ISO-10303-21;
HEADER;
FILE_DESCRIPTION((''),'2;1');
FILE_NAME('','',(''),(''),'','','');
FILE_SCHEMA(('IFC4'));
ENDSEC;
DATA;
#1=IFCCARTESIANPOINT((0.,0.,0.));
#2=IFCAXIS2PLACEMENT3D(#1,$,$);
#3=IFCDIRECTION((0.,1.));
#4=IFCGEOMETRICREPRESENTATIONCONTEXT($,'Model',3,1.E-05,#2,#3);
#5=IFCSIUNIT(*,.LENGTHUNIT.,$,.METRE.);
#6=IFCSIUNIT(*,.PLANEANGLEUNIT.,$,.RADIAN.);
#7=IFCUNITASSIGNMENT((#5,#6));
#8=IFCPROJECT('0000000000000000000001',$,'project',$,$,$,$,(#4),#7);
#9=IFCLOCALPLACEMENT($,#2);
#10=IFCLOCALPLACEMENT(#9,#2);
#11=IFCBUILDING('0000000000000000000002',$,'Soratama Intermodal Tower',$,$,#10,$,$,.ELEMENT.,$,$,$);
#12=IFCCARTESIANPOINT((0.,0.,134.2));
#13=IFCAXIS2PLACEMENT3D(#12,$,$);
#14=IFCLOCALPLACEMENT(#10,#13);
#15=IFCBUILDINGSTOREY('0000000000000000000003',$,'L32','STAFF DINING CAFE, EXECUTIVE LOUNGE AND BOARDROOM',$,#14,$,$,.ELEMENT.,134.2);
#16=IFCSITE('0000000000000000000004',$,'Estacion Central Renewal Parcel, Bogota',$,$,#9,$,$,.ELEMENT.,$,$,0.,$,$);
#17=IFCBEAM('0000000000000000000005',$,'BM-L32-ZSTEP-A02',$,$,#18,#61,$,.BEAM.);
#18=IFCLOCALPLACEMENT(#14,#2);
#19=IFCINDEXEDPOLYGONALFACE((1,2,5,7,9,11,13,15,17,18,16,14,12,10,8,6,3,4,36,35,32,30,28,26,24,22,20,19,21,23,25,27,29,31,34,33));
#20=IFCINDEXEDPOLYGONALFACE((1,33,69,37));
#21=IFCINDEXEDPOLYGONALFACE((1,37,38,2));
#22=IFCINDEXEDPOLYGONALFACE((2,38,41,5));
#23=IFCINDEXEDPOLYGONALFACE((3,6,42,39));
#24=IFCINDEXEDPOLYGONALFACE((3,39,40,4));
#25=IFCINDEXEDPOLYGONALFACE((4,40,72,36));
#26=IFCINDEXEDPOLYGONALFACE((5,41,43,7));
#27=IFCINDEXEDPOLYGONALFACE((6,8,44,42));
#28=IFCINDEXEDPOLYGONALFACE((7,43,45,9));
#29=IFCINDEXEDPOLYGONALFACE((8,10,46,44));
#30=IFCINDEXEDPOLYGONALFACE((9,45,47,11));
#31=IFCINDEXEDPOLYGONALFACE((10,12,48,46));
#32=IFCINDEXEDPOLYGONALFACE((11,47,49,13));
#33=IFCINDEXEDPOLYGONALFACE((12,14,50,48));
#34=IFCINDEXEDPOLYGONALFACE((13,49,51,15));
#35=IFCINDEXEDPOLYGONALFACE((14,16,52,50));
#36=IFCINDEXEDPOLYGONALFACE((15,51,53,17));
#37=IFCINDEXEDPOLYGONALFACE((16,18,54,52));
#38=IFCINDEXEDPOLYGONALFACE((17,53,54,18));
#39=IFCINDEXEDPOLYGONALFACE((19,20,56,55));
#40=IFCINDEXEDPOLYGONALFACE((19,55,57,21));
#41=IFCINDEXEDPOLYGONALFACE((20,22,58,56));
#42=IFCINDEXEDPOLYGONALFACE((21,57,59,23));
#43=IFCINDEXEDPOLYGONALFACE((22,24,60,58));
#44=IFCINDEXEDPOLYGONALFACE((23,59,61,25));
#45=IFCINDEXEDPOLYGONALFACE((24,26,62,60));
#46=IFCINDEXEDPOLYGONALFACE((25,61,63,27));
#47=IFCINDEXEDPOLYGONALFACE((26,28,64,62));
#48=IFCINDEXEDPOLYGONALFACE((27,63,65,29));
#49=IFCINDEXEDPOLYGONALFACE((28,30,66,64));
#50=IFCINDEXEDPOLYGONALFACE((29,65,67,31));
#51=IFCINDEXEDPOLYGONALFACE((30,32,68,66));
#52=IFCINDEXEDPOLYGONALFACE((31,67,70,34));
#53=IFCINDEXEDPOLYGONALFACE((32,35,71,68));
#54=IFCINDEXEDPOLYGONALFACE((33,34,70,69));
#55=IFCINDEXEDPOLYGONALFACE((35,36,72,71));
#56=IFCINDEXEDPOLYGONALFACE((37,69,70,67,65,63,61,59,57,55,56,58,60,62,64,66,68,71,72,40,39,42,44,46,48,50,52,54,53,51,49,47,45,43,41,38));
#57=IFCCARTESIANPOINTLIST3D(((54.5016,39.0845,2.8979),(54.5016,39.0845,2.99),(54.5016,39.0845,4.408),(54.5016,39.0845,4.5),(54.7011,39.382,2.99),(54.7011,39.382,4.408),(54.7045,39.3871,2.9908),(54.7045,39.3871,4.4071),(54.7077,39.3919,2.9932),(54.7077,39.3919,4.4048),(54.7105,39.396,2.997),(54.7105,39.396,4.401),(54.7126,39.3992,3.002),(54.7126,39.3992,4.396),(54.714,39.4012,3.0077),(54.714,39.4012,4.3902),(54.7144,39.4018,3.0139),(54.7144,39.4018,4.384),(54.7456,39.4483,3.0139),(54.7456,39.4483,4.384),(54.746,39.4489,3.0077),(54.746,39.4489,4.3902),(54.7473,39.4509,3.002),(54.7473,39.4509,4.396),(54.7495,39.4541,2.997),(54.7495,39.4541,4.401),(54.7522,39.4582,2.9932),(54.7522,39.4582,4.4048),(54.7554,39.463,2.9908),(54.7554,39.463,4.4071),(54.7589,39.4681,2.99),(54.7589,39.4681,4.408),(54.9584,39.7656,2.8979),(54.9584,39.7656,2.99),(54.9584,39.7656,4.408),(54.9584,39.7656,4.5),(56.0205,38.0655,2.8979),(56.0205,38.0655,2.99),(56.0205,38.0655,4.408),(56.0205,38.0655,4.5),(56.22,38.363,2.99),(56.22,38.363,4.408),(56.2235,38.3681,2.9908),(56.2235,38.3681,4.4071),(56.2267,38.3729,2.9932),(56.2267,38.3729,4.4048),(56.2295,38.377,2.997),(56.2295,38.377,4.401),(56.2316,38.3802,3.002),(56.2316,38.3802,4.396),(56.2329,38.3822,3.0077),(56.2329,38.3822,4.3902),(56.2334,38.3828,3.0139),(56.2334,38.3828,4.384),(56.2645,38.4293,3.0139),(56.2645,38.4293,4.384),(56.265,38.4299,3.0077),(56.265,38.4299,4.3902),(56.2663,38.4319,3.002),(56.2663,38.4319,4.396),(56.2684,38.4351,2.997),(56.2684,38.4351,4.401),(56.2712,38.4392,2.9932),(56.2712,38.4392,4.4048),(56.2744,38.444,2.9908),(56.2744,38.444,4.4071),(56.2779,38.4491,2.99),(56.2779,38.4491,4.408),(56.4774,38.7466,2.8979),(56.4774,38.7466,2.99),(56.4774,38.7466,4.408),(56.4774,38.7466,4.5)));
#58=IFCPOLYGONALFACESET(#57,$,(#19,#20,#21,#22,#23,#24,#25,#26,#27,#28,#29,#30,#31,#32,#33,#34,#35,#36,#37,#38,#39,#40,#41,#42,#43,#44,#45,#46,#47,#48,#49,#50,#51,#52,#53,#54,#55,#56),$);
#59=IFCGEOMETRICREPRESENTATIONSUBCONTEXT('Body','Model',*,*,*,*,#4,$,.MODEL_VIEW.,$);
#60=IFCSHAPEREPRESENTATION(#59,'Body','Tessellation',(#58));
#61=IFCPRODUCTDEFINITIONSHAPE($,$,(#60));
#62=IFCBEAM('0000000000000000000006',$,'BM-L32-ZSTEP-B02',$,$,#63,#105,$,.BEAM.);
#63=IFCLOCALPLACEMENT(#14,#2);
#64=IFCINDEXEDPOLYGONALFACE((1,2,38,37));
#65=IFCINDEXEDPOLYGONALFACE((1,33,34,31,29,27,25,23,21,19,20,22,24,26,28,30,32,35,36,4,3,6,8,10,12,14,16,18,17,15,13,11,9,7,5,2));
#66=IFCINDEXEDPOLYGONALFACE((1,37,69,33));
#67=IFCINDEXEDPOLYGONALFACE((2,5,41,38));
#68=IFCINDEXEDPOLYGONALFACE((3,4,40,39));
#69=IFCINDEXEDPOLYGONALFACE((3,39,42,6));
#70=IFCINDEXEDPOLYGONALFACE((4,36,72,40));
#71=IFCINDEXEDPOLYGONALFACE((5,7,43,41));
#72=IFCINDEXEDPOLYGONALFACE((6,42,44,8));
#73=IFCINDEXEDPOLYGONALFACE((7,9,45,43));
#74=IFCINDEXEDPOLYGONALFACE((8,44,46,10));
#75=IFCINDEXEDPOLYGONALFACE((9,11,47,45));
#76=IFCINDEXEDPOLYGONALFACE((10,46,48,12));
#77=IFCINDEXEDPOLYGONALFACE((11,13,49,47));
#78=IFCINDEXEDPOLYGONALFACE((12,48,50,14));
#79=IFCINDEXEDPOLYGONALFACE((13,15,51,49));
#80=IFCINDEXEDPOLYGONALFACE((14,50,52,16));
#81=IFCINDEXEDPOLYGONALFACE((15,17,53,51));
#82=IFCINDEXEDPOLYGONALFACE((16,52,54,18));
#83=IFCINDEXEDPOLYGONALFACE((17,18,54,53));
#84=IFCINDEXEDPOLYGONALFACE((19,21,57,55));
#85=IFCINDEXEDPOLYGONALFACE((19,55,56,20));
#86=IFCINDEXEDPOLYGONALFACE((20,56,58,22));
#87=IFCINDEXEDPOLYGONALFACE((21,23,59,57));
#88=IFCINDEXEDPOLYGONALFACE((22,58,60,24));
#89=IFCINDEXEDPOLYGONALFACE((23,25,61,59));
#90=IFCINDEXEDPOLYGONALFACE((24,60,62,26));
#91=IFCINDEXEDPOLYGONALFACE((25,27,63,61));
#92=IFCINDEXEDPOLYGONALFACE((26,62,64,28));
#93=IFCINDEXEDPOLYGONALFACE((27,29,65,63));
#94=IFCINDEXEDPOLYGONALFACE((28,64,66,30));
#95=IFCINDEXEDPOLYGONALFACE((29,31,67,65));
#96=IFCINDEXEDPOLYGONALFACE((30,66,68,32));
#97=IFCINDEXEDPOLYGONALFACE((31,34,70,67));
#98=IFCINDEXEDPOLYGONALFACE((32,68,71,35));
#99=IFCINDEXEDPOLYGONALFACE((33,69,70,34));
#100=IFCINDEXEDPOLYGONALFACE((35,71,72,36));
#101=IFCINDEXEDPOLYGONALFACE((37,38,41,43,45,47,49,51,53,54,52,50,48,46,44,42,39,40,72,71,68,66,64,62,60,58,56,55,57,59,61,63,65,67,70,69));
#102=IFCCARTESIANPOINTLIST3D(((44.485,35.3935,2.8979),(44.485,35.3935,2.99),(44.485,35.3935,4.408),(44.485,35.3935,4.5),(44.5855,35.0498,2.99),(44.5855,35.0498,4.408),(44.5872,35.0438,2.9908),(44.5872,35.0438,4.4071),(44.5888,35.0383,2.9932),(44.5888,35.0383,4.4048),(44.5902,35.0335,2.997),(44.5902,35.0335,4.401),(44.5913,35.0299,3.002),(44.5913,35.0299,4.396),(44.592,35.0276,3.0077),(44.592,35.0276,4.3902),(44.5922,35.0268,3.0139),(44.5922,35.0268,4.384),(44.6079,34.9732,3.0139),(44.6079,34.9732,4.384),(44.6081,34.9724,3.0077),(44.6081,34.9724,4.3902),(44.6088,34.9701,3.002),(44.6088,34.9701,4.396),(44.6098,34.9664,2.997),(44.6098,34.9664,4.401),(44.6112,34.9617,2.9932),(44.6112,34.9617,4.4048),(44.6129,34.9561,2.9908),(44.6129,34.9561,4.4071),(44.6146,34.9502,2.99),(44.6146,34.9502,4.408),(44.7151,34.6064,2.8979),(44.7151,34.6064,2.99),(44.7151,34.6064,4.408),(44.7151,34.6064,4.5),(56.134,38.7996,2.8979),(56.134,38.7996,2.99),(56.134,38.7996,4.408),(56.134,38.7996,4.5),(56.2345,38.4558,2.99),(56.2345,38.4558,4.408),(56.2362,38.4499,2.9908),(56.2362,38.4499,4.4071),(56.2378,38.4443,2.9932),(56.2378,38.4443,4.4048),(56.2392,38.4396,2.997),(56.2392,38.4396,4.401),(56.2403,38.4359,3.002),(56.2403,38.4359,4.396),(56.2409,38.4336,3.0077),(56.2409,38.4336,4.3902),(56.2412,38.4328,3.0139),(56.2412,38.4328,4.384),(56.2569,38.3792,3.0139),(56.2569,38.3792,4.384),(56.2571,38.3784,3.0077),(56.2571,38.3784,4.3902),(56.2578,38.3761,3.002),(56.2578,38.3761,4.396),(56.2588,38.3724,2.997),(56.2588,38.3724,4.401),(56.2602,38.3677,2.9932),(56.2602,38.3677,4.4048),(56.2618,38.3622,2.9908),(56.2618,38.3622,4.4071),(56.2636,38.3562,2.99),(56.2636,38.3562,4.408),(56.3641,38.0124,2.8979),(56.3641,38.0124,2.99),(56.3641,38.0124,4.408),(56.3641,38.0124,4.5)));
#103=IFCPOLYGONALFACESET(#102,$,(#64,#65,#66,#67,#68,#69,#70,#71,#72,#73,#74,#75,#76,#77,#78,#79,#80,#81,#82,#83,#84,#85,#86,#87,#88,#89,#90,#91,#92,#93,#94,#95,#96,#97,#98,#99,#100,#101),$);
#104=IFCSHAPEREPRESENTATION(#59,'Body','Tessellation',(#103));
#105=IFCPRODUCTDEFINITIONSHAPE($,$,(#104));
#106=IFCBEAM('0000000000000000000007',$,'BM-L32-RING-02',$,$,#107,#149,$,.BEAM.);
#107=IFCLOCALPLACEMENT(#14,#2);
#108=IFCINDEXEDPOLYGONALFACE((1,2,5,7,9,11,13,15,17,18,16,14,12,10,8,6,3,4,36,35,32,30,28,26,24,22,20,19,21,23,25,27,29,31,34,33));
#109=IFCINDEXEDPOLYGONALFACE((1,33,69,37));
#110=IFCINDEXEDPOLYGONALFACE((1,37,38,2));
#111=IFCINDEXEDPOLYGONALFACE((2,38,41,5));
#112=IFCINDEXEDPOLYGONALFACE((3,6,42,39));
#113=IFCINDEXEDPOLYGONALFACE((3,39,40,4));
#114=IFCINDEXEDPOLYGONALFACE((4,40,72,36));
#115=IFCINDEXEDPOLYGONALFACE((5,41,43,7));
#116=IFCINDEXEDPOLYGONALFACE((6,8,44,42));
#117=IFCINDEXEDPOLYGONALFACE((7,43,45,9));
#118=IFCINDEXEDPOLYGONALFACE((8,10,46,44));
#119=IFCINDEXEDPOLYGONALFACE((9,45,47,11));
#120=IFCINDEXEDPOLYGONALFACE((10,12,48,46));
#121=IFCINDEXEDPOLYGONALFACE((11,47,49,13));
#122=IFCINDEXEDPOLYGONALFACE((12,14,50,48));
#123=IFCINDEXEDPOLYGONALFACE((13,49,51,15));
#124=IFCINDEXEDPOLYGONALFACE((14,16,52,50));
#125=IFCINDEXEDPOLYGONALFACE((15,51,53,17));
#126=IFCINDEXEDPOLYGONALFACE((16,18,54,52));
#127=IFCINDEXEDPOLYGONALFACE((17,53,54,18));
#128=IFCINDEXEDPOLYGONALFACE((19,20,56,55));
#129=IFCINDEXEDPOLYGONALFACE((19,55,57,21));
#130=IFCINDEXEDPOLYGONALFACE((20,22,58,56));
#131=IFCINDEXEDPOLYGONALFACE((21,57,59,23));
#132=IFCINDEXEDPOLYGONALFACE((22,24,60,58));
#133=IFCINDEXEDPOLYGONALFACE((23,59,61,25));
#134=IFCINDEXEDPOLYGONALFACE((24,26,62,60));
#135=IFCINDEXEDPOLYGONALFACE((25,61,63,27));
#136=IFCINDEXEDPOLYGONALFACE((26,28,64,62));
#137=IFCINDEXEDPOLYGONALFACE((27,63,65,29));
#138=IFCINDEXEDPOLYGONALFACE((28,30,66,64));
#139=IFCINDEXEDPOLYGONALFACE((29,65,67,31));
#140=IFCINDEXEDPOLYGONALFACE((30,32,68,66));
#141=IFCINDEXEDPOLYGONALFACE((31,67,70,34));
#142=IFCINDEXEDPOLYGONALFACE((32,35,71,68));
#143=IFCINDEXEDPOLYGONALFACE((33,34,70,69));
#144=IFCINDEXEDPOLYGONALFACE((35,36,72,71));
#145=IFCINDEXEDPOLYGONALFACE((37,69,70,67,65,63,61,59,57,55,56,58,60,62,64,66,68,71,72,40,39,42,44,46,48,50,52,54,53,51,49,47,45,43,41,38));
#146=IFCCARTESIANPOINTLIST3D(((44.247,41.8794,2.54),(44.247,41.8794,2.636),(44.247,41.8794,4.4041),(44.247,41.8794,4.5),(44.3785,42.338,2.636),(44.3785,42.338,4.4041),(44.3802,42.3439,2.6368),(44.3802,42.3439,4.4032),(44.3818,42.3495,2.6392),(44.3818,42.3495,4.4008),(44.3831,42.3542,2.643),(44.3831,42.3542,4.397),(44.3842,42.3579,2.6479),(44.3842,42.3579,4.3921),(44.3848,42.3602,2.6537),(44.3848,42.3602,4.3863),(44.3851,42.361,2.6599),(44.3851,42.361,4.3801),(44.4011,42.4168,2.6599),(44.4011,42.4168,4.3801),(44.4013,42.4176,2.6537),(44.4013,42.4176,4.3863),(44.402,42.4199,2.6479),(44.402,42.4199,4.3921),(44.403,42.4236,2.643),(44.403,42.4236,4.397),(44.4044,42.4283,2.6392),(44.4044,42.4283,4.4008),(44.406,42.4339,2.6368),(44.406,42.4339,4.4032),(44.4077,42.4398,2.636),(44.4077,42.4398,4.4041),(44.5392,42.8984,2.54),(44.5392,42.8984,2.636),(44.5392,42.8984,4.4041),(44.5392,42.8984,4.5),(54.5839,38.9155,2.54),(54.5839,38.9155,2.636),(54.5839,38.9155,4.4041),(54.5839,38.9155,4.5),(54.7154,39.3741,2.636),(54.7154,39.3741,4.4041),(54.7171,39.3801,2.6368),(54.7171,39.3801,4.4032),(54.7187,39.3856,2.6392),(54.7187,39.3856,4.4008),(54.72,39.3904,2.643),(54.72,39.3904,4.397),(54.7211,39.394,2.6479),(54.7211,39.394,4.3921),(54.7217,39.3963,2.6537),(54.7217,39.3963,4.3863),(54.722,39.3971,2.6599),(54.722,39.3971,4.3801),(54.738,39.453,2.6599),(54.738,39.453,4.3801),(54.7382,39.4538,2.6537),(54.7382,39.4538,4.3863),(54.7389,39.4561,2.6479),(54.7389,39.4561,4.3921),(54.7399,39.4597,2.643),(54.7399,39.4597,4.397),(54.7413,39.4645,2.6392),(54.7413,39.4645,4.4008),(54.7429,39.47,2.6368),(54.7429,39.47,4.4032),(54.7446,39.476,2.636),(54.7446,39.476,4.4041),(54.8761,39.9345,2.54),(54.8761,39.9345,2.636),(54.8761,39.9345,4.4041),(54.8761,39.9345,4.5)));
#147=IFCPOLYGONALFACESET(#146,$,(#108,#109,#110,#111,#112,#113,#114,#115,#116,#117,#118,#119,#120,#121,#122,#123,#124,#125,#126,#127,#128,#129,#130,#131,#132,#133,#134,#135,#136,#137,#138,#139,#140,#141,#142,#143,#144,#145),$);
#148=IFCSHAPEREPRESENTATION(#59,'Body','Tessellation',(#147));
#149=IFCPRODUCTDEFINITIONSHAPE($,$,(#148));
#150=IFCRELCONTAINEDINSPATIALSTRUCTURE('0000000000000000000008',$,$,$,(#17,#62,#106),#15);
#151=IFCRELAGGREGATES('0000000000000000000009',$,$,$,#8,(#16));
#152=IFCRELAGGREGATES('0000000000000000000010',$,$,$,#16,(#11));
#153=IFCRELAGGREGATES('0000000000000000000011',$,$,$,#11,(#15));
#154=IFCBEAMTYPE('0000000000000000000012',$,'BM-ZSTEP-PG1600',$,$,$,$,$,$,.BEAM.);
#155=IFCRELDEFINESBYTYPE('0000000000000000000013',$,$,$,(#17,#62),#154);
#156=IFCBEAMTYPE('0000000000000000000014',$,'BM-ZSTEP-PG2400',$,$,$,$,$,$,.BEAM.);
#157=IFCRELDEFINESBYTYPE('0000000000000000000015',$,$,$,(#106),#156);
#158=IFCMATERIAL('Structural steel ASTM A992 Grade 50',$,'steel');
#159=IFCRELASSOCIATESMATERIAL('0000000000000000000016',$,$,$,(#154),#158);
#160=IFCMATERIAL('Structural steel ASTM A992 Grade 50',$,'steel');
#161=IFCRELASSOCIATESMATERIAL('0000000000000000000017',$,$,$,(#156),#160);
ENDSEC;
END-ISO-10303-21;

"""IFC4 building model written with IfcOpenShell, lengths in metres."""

from ifc_helpers import new_model, si_unit, direction, frame, origin, origin_2d, place, context, subcontext, project, spatial, i_section, extrude, material, material_profile, profile_set, type_object, element, save


model = new_model("IFC4")

# Units and contexts
model_context = context("Model", 3, precision=1e-05, world=origin(), true_north=direction((0.0, 1.0)))
body_context = subcontext(model_context, "Body", "Model", "MODEL_VIEW")
ifc_project = project(units=[si_unit("LENGTHUNIT", "METRE"), si_unit("PLANEANGLEUNIT", "RADIAN")], contexts=[model_context])

# Site, building, storey
site_placement = place(None, origin())
site = spatial("IfcSite", under=ifc_project, at=site_placement, Name="Estacion Central Renewal Parcel, Bogota", CompositionType="ELEMENT", RefElevation=0.0)
building_placement = place(site_placement, origin())
building = spatial("IfcBuilding", under=site, at=building_placement, Name="Soratama Intermodal Tower", CompositionType="ELEMENT")
storey_placement = place(building_placement, frame((0.0, 0.0, 134.2)))
storey = spatial("IfcBuildingStorey", under=building, at=storey_placement, Name="L32", Description="STAFF DINING CAFE, EXECUTIVE LOUNGE AND BOARDROOM", CompositionType="ELEMENT", Elevation=134.2)

# Beams
ifc_material_1 = material(Name="Structural steel ASTM A992 Grade 50", Category="steel")
ifc_material_profile_1 = material_profile(ifc_material_1, i_section(OverallWidth=0.8201, OverallDepth=1.6021, WebThickness=0.0559, FlangeThickness=0.092, FilletRadius=0.0239, at=origin_2d()), Name="PG1600X650")
ifc_profile_set_1 = profile_set([ifc_material_profile_1], Name="Structural steel ASTM A992 Grade 50")
beam_type_1 = type_object("IfcBeamType", Name="BM-ZSTEP-PG1600", PredefinedType="BEAM", material=ifc_profile_set_1)
beam_1_placement = place(storey_placement, frame((54.73, 39.425, 3.699), z_axis=(0.830445, -0.5571, 0.0), x_axis=(0.5571, 0.830445, 0.0)))
element("IfcBeam", 1, at=beam_1_placement, inside=storey, type_object=beam_type_1, Name="BM-L32-ZSTEP-A02", PredefinedType="BEAM", context=body_context, shape_type="SweptSolid", body=[
    extrude(i_section(OverallWidth=0.8201, OverallDepth=1.6021, WebThickness=0.0559, FlangeThickness=0.092, FilletRadius=0.0239, at=origin_2d()), origin(), (0.0, 0.0, 1.0), 1.8291),
])
beam_2_placement = place(storey_placement, frame((56.249, 38.406, 3.699), z_axis=(-0.959814, -0.280638, 0.0), x_axis=(0.280638, -0.959814, 0.0)))
element("IfcBeam", 2, at=beam_2_placement, inside=storey, type_object=beam_type_1, Name="BM-L32-ZSTEP-B02", PredefinedType="BEAM", context=body_context, shape_type="SweptSolid", body=[
    extrude(i_section(OverallWidth=0.8201, OverallDepth=1.6021, WebThickness=0.0559, FlangeThickness=0.092, FilletRadius=0.0239, at=origin_2d()), origin(), (0.0, 0.0, 1.0), 12.1367),
])
ifc_material_2 = material(Name="Structural steel ASTM A992 Grade 50", Category="steel")
ifc_material_profile_2 = material_profile(ifc_material_2, i_section(OverallWidth=1.0601, OverallDepth=1.96, WebThickness=0.0581, FlangeThickness=0.0959, FilletRadius=0.0239, at=origin_2d()), Name="PG2400X900")
ifc_profile_set_2 = profile_set([ifc_material_profile_2], Name="Structural steel ASTM A992 Grade 50")
beam_type_2 = type_object("IfcBeamType", Name="BM-ZSTEP-PG2400", PredefinedType="BEAM", material=ifc_profile_set_2)
beam_3_placement = place(storey_placement, frame((54.73, 39.425, 3.52), z_axis=(-0.961267, 0.275621, 0.0), x_axis=(-0.275621, -0.961267, 0.0)))
element("IfcBeam", 3, at=beam_3_placement, inside=storey, type_object=beam_type_2, Name="BM-L32-RING-02", PredefinedType="BEAM", context=body_context, shape_type="SweptSolid", body=[
    extrude(i_section(OverallWidth=1.0601, OverallDepth=1.96, WebThickness=0.0581, FlangeThickness=0.0959, FilletRadius=0.0239, at=origin_2d()), origin(), (0.0, 0.0, 1.0), 10.7534),
])

save(model, "model.ifc")
